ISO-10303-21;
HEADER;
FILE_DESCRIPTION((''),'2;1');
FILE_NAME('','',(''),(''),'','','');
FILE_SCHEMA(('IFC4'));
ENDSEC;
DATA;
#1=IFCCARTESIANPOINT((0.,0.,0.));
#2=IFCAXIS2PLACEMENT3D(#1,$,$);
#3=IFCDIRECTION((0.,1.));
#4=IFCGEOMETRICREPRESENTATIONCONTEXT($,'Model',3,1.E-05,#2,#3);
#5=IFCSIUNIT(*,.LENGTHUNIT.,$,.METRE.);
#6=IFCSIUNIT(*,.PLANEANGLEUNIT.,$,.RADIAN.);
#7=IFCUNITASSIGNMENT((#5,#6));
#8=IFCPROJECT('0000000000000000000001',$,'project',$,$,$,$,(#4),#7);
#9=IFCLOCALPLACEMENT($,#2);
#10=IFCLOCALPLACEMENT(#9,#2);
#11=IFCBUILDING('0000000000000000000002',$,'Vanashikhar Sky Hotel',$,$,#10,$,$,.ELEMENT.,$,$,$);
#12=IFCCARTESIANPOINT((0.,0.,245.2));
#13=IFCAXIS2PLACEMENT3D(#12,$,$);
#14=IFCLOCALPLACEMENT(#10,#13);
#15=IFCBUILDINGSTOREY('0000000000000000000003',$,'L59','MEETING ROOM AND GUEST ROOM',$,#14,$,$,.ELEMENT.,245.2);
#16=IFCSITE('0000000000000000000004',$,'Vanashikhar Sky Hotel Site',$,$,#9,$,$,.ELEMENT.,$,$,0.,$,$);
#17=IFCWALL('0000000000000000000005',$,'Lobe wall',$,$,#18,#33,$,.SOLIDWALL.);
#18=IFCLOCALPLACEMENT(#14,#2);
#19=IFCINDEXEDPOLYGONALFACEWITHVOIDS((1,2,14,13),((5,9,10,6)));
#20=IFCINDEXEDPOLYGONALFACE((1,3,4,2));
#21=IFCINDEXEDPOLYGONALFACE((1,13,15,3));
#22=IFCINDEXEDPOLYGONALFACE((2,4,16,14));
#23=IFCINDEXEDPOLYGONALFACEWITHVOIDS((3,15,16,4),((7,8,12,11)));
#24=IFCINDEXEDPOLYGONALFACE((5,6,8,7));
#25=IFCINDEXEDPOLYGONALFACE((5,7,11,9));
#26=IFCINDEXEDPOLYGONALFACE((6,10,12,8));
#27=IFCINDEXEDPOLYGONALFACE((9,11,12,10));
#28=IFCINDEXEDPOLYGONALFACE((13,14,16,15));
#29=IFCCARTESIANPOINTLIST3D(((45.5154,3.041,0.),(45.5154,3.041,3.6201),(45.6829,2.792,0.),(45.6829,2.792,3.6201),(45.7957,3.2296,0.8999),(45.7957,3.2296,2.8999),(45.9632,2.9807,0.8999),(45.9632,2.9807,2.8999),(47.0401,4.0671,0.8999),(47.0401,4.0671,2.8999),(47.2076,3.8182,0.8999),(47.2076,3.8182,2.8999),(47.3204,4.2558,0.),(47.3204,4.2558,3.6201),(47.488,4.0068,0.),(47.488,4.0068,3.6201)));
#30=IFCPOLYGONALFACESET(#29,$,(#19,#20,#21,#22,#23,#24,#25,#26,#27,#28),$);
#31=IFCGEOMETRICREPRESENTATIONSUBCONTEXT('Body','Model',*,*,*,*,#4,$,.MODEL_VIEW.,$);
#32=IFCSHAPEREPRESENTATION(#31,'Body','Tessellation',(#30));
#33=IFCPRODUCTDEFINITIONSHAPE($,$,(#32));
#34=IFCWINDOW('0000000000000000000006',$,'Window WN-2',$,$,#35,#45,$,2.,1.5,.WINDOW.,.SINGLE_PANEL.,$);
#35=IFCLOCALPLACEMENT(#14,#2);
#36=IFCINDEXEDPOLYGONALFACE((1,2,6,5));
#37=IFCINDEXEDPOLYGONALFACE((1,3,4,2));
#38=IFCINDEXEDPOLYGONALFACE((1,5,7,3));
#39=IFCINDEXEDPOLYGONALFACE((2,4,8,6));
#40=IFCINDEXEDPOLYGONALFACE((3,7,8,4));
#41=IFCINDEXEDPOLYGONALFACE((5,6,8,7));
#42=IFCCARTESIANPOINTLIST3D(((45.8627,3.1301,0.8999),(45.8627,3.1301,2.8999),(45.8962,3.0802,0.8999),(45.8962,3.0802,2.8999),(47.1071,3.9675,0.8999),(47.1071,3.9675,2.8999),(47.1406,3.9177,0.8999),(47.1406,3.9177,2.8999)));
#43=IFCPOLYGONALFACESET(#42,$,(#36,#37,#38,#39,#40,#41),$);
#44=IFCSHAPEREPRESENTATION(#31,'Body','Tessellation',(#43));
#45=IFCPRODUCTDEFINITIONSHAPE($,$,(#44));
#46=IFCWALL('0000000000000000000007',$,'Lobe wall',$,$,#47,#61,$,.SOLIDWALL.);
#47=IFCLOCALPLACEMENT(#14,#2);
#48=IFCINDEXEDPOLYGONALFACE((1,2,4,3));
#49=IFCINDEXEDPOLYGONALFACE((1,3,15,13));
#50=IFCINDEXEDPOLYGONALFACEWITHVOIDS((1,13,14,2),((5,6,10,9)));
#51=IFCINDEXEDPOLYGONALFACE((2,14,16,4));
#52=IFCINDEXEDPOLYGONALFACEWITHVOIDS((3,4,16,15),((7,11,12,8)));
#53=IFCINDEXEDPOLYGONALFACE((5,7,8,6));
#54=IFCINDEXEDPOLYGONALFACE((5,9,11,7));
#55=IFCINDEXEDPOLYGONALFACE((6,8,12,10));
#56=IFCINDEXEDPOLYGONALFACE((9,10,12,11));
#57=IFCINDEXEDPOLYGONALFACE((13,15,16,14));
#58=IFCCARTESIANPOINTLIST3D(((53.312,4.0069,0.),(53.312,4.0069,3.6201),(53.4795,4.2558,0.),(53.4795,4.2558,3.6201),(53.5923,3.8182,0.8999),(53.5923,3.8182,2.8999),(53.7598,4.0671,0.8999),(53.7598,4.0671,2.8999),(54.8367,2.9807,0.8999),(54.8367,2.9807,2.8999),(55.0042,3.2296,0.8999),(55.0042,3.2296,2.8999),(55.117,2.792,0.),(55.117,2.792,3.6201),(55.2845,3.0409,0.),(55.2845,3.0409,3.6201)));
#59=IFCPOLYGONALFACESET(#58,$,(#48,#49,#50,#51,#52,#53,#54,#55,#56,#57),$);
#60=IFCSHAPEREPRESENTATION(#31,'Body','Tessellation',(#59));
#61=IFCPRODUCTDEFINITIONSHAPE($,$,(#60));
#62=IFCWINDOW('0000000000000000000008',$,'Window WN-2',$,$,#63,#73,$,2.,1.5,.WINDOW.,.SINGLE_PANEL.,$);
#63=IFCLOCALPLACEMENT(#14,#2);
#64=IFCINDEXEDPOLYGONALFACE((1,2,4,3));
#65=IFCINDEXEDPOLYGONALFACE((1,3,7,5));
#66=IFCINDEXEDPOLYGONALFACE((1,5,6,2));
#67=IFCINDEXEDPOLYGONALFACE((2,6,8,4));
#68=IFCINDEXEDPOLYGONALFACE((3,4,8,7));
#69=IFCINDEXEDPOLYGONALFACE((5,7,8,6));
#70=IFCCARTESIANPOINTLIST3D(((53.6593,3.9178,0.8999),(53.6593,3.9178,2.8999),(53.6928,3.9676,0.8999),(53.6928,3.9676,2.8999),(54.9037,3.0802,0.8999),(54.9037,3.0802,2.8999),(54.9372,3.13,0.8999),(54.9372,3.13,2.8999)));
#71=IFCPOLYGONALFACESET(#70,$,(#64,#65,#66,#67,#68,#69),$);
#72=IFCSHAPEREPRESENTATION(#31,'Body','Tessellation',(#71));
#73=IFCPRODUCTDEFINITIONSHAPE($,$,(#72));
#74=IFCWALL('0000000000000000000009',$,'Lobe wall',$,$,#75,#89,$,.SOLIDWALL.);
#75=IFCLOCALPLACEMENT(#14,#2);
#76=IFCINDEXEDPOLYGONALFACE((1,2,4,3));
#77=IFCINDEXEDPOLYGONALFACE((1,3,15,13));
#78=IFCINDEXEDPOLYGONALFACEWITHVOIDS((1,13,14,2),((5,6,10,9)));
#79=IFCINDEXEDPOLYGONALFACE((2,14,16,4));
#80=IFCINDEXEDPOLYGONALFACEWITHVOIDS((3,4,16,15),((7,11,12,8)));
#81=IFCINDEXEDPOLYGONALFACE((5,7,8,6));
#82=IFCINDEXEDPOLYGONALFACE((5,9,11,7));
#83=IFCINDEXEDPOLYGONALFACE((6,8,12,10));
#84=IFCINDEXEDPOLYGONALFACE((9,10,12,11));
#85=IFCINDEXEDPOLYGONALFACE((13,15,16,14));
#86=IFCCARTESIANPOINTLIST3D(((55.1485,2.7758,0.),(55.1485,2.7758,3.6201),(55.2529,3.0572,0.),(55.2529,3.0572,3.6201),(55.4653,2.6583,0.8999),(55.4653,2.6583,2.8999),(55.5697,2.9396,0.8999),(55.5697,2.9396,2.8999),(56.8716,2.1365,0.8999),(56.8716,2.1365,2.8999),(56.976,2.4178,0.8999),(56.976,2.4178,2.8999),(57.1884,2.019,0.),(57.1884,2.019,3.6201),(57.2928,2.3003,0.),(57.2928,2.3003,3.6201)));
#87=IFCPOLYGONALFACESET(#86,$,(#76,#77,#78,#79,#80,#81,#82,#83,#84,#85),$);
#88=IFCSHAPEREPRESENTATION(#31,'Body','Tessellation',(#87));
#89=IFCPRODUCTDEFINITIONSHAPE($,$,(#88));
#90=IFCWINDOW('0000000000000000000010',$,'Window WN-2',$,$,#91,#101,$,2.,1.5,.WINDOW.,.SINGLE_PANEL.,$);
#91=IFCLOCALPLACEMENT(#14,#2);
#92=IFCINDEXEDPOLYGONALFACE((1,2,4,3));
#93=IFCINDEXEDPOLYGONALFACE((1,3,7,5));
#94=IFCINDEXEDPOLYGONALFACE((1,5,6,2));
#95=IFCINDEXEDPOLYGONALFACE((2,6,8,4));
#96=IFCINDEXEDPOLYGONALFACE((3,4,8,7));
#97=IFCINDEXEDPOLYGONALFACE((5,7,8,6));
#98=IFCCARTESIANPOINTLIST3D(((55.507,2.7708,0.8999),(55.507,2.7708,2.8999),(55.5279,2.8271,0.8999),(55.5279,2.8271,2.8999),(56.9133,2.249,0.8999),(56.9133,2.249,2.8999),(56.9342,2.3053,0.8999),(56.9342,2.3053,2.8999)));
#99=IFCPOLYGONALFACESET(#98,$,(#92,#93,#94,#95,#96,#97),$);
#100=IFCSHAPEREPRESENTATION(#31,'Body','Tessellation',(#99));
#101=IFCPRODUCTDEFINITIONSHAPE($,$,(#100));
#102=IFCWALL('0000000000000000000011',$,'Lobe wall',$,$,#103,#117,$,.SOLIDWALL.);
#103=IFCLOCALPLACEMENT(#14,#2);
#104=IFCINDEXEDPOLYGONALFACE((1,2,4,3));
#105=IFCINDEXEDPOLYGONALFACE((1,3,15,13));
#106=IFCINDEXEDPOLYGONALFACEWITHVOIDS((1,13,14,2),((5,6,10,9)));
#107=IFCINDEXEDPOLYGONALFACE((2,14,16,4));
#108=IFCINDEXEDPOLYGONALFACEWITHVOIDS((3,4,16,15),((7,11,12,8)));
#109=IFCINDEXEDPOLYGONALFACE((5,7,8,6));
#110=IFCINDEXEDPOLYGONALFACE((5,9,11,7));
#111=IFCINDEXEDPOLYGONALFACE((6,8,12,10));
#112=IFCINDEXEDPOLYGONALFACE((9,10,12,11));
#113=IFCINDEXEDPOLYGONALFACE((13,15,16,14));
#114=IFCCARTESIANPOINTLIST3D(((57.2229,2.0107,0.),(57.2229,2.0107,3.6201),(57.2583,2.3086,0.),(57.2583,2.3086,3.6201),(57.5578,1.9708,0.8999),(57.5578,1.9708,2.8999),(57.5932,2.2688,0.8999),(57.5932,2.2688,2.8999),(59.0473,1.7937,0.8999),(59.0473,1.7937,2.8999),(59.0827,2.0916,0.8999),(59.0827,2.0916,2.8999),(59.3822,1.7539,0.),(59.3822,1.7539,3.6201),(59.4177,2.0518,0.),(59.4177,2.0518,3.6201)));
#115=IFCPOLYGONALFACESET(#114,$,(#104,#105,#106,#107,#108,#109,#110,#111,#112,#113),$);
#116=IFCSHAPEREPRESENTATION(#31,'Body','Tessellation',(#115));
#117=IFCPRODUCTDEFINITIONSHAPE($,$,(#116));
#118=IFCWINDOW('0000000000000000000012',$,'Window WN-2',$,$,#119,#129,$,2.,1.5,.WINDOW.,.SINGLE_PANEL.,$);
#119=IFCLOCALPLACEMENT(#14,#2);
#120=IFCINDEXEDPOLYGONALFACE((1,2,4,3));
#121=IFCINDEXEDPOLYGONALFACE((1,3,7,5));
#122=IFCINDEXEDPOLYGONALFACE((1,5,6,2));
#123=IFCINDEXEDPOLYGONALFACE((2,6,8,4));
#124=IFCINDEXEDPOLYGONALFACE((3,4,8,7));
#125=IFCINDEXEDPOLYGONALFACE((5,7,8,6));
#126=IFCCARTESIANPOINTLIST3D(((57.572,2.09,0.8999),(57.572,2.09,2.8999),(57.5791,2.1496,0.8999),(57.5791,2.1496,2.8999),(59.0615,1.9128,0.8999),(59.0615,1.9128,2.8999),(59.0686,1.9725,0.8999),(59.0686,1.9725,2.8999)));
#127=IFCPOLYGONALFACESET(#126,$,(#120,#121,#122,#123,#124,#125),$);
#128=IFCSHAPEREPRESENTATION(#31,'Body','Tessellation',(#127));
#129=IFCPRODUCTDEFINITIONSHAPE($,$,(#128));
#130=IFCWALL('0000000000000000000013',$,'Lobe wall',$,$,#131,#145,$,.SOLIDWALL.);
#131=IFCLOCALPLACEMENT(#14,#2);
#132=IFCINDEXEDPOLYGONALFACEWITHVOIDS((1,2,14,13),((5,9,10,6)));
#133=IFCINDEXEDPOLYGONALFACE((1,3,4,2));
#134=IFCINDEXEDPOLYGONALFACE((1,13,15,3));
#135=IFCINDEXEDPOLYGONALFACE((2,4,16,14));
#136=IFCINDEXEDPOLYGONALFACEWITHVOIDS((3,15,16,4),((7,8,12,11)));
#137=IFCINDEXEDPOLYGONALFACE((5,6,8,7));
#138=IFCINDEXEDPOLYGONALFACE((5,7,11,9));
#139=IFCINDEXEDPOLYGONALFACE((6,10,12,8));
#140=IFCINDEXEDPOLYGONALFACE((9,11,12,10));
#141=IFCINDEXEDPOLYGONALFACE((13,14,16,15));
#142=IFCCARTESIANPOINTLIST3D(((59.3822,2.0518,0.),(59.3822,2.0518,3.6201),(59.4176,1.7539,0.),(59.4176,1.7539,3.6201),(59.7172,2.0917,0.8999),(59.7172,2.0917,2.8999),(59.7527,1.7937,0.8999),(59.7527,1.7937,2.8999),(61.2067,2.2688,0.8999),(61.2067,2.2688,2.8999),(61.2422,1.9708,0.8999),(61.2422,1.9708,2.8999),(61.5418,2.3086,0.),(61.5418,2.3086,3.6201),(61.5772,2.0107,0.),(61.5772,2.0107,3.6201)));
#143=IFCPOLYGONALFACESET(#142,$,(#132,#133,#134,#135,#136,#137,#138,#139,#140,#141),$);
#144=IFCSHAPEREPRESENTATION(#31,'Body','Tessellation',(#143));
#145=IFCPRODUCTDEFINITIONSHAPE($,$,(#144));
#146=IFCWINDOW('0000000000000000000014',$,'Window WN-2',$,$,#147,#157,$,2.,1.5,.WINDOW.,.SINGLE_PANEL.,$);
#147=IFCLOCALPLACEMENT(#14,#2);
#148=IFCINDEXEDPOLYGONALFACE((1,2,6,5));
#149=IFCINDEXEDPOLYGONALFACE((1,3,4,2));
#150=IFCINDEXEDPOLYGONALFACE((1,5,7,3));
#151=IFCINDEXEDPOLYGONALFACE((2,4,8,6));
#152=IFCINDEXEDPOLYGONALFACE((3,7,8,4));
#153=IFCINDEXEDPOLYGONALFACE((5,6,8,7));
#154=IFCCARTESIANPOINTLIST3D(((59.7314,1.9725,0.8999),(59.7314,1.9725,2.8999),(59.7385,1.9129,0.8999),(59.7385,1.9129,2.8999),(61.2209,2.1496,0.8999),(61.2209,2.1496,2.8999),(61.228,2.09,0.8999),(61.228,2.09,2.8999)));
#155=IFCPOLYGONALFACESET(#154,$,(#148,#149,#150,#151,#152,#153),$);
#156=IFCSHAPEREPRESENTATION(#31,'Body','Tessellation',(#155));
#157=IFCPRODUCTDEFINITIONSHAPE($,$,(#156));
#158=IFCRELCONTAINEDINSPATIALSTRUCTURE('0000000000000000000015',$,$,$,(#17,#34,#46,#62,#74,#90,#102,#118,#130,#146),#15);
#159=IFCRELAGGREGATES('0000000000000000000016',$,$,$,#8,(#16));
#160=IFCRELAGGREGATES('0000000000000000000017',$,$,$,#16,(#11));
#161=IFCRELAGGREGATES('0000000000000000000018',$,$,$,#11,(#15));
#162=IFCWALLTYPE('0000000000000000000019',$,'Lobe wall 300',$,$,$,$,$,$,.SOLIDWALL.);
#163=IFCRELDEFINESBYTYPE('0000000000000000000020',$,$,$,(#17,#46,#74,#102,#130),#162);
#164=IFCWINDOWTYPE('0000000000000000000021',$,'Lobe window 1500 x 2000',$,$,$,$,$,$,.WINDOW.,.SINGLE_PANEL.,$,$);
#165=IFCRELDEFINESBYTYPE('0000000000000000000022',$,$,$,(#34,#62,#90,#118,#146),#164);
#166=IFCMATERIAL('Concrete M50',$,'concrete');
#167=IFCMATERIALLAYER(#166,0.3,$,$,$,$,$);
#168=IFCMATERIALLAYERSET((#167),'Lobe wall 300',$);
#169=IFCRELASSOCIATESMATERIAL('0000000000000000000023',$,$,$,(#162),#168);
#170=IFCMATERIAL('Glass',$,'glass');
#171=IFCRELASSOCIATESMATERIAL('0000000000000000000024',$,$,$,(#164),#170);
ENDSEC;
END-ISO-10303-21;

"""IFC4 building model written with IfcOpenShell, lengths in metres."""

from ifc_helpers import new_model, si_unit, direction, frame, frame_2d, origin, place, context, subcontext, project, spatial, rectangle, extrude, source, transform, mapped, material, layer, layer_set, type_object, element, fill, save


model = new_model("IFC4")

# Units and contexts
model_context = context("Model", 3, precision=1e-05, world=origin(), true_north=direction((0.0, 1.0)))
body_context = subcontext(model_context, "Body", "Model", "MODEL_VIEW")
ifc_project = project(units=[si_unit("LENGTHUNIT", "METRE"), si_unit("PLANEANGLEUNIT", "RADIAN")], contexts=[model_context])

# Site, building, storey
site_placement = place(None, origin())
site = spatial("IfcSite", under=ifc_project, at=site_placement, Name="Vanashikhar Sky Hotel Site", CompositionType="ELEMENT", RefElevation=0.0)
building_placement = place(site_placement, origin())
building = spatial("IfcBuilding", under=site, at=building_placement, Name="Vanashikhar Sky Hotel", CompositionType="ELEMENT")
storey_placement = place(building_placement, frame((0.0, 0.0, 245.2)))
storey = spatial("IfcBuildingStorey", under=building, at=storey_placement, Name="L59", Description="MEETING ROOM AND GUEST ROOM", CompositionType="ELEMENT", Elevation=245.2)

# Walls, openings, windows
ifc_material_1 = material(Name="Concrete M50", Category="concrete")
ifc_layer_1 = layer(ifc_material_1, 0.3)
ifc_layer_set_1 = layer_set([ifc_layer_1], Name="Lobe wall 300")
wall_type_1 = type_object("IfcWallType", Name="Lobe wall 300", PredefinedType="SOLIDWALL", material=ifc_layer_set_1)
shared_shape_1 = source(origin(), body_context, "Body", "SweptSolid", [
    extrude(rectangle(XDim=2.1758, YDim=0.3, at=frame_2d((1.0879, 0.0))), origin(), (0.0, 0.0, 1.0), 3.6201),
])
wall_1_placement = place(storey_placement, frame((45.5991, 2.9165, 0.0), z_axis=(0.0, 0.0, 1.0), x_axis=(0.829626, 0.55832, 0.0)))
wall_1 = element("IfcWall", 1, at=wall_1_placement, inside=storey, type_object=wall_type_1, Name="Lobe wall", PredefinedType="SOLIDWALL", context=body_context, shape_type="MappedRepresentation", body=[
    mapped(shared_shape_1, transform((0.0, 0.0, 0.0), scale=1.0)),
])
shared_shape_2 = source(origin(), body_context, "Body", "SweptSolid", [
    extrude(rectangle(XDim=1.5, YDim=2.0, at=frame_2d((0.75, 1.0))), frame((0.0, 0.1602, 0.0), z_axis=(0.0, -1.0, 0.0), x_axis=(1.0, 0.0, 0.0)), (0.0, 0.0, 1.0), 0.3201),
])
opening_1_placement = place(wall_1_placement, frame((0.3379, 0.0, 0.8999)))
opening_1 = element("IfcOpeningElement", 2, at=opening_1_placement, cuts=wall_1, PredefinedType="OPENING", context=body_context, shape_type="MappedRepresentation", body=[
    mapped(shared_shape_2, transform((0.0, 0.0, 0.0), scale=1.0)),
])
ifc_material_2 = material(Name="Glass", Category="glass")
window_type = type_object("IfcWindowType", Name="Lobe window 1500 x 2000", PartitioningType="SINGLE_PANEL", PredefinedType="WINDOW", material=ifc_material_2)
shared_shape_3 = source(origin(), body_context, "Body", "SweptSolid", [
    extrude(rectangle(XDim=1.5, YDim=2.0, at=frame_2d((0.75, 1.0))), frame((0.0, 0.03, 0.0), z_axis=(0.0, -1.0, 0.0), x_axis=(1.0, 0.0, 0.0)), (0.0, 0.0, 1.0), 0.0601),
])
window_1_placement = place(opening_1_placement, origin())
window_1 = element("IfcWindow", 3, at=window_1_placement, inside=storey, type_object=window_type, Name="Window WN-2", OverallHeight=2.0, OverallWidth=1.5, PartitioningType="SINGLE_PANEL", PredefinedType="WINDOW", context=body_context, shape_type="MappedRepresentation", body=[
    mapped(shared_shape_3, transform((0.0, 0.0, 0.0), scale=1.0)),
])
fill(opening_1, window_1)
wall_2_placement = place(storey_placement, frame((53.3958, 4.1313, 0.0), z_axis=(0.0, 0.0, 1.0), x_axis=(0.829591, -0.558372, 0.0)))
wall_2 = element("IfcWall", 4, at=wall_2_placement, inside=storey, type_object=wall_type_1, Name="Lobe wall", PredefinedType="SOLIDWALL", context=body_context, shape_type="MappedRepresentation", body=[
    mapped(shared_shape_1, transform((0.0, 0.0, 0.0), scale=1.0)),
])
opening_2_placement = place(wall_2_placement, frame((0.3379, 0.0, 0.8999)))
opening_2 = element("IfcOpeningElement", 5, at=opening_2_placement, cuts=wall_2, PredefinedType="OPENING", context=body_context, shape_type="MappedRepresentation", body=[
    mapped(shared_shape_2, transform((0.0, 0.0, 0.0), scale=1.0)),
])
window_2_placement = place(opening_2_placement, origin())
window_2 = element("IfcWindow", 6, at=window_2_placement, inside=storey, type_object=window_type, Name="Window WN-2", OverallHeight=2.0, OverallWidth=1.5, PartitioningType="SINGLE_PANEL", PredefinedType="WINDOW", context=body_context, shape_type="MappedRepresentation", body=[
    mapped(shared_shape_3, transform((0.0, 0.0, 0.0), scale=1.0)),
])
fill(opening_2, window_2)
wall_3_placement = place(storey_placement, frame((55.2007, 2.9165, 0.0), z_axis=(0.0, 0.0, 1.0), x_axis=(0.937546, -0.347863, 0.0)))
wall_3 = element("IfcWall", 7, at=wall_3_placement, inside=storey, type_object=wall_type_1, Name="Lobe wall", PredefinedType="SOLIDWALL", context=body_context, shape_type="MappedRepresentation", body=[
    mapped(shared_shape_1, transform((0.0, 0.0, 0.0), scale=1.0)),
])
opening_3_placement = place(wall_3_placement, frame((0.3379, 0.0, 0.8999)))
opening_3 = element("IfcOpeningElement", 8, at=opening_3_placement, cuts=wall_3, PredefinedType="OPENING", context=body_context, shape_type="MappedRepresentation", body=[
    mapped(shared_shape_2, transform((0.0, 0.0, 0.0), scale=1.0)),
])
window_3_placement = place(opening_3_placement, origin())
window_3 = element("IfcWindow", 9, at=window_3_placement, inside=storey, type_object=window_type, Name="Window WN-2", OverallHeight=2.0, OverallWidth=1.5, PartitioningType="SINGLE_PANEL", PredefinedType="WINDOW", context=body_context, shape_type="MappedRepresentation", body=[
    mapped(shared_shape_3, transform((0.0, 0.0, 0.0), scale=1.0)),
])
fill(opening_3, window_3)
shared_shape_4 = source(origin(), body_context, "Body", "SweptSolid", [
    extrude(rectangle(XDim=2.1746, YDim=0.3, at=frame_2d((1.0874, 0.0))), origin(), (0.0, 0.0, 1.0), 3.6201),
])
wall_4_placement = place(storey_placement, frame((57.2405, 2.1597, 0.0), z_axis=(0.0, 0.0, 1.0), x_axis=(0.993001, -0.118105, 0.0)))
wall_4 = element("IfcWall", 10, at=wall_4_placement, inside=storey, type_object=wall_type_1, Name="Lobe wall", PredefinedType="SOLIDWALL", context=body_context, shape_type="MappedRepresentation", body=[
    mapped(shared_shape_4, transform((0.0, 0.0, 0.0), scale=1.0)),
])
opening_4_placement = place(wall_4_placement, frame((0.3374, 0.0, 0.8999)))
opening_4 = element("IfcOpeningElement", 11, at=opening_4_placement, cuts=wall_4, PredefinedType="OPENING", context=body_context, shape_type="MappedRepresentation", body=[
    mapped(shared_shape_2, transform((0.0, 0.0, 0.0), scale=1.0)),
])
window_4_placement = place(opening_4_placement, origin())
window_4 = element("IfcWindow", 12, at=window_4_placement, inside=storey, type_object=window_type, Name="Window WN-2", OverallHeight=2.0, OverallWidth=1.5, PartitioningType="SINGLE_PANEL", PredefinedType="WINDOW", context=body_context, shape_type="MappedRepresentation", body=[
    mapped(shared_shape_3, transform((0.0, 0.0, 0.0), scale=1.0)),
])
fill(opening_4, window_4)
shared_shape_5 = source(origin(), body_context, "Body", "SweptSolid", [
    extrude(rectangle(XDim=2.1748, YDim=0.3, at=frame_2d((1.0874, 0.0))), origin(), (0.0, 0.0, 1.0), 3.6201),
])
wall_5_placement = place(storey_placement, frame((59.3999, 1.9028, 0.0), z_axis=(0.0, 0.0, 1.0), x_axis=(0.993003, 0.118092, 0.0)))
wall_5 = element("IfcWall", 13, at=wall_5_placement, inside=storey, type_object=wall_type_1, Name="Lobe wall", PredefinedType="SOLIDWALL", context=body_context, shape_type="MappedRepresentation", body=[
    mapped(shared_shape_5, transform((0.0, 0.0, 0.0), scale=1.0)),
])
opening_5_placement = place(wall_5_placement, frame((0.3374, 0.0, 0.8999)))
opening_5 = element("IfcOpeningElement", 14, at=opening_5_placement, cuts=wall_5, PredefinedType="OPENING", context=body_context, shape_type="MappedRepresentation", body=[
    mapped(shared_shape_2, transform((0.0, 0.0, 0.0), scale=1.0)),
])
window_5_placement = place(opening_5_placement, origin())
window_5 = element("IfcWindow", 15, at=window_5_placement, inside=storey, type_object=window_type, Name="Window WN-2", OverallHeight=2.0, OverallWidth=1.5, PartitioningType="SINGLE_PANEL", PredefinedType="WINDOW", context=body_context, shape_type="MappedRepresentation", body=[
    mapped(shared_shape_3, transform((0.0, 0.0, 0.0), scale=1.0)),
])
fill(opening_5, window_5)

save(model, "model.ifc")
